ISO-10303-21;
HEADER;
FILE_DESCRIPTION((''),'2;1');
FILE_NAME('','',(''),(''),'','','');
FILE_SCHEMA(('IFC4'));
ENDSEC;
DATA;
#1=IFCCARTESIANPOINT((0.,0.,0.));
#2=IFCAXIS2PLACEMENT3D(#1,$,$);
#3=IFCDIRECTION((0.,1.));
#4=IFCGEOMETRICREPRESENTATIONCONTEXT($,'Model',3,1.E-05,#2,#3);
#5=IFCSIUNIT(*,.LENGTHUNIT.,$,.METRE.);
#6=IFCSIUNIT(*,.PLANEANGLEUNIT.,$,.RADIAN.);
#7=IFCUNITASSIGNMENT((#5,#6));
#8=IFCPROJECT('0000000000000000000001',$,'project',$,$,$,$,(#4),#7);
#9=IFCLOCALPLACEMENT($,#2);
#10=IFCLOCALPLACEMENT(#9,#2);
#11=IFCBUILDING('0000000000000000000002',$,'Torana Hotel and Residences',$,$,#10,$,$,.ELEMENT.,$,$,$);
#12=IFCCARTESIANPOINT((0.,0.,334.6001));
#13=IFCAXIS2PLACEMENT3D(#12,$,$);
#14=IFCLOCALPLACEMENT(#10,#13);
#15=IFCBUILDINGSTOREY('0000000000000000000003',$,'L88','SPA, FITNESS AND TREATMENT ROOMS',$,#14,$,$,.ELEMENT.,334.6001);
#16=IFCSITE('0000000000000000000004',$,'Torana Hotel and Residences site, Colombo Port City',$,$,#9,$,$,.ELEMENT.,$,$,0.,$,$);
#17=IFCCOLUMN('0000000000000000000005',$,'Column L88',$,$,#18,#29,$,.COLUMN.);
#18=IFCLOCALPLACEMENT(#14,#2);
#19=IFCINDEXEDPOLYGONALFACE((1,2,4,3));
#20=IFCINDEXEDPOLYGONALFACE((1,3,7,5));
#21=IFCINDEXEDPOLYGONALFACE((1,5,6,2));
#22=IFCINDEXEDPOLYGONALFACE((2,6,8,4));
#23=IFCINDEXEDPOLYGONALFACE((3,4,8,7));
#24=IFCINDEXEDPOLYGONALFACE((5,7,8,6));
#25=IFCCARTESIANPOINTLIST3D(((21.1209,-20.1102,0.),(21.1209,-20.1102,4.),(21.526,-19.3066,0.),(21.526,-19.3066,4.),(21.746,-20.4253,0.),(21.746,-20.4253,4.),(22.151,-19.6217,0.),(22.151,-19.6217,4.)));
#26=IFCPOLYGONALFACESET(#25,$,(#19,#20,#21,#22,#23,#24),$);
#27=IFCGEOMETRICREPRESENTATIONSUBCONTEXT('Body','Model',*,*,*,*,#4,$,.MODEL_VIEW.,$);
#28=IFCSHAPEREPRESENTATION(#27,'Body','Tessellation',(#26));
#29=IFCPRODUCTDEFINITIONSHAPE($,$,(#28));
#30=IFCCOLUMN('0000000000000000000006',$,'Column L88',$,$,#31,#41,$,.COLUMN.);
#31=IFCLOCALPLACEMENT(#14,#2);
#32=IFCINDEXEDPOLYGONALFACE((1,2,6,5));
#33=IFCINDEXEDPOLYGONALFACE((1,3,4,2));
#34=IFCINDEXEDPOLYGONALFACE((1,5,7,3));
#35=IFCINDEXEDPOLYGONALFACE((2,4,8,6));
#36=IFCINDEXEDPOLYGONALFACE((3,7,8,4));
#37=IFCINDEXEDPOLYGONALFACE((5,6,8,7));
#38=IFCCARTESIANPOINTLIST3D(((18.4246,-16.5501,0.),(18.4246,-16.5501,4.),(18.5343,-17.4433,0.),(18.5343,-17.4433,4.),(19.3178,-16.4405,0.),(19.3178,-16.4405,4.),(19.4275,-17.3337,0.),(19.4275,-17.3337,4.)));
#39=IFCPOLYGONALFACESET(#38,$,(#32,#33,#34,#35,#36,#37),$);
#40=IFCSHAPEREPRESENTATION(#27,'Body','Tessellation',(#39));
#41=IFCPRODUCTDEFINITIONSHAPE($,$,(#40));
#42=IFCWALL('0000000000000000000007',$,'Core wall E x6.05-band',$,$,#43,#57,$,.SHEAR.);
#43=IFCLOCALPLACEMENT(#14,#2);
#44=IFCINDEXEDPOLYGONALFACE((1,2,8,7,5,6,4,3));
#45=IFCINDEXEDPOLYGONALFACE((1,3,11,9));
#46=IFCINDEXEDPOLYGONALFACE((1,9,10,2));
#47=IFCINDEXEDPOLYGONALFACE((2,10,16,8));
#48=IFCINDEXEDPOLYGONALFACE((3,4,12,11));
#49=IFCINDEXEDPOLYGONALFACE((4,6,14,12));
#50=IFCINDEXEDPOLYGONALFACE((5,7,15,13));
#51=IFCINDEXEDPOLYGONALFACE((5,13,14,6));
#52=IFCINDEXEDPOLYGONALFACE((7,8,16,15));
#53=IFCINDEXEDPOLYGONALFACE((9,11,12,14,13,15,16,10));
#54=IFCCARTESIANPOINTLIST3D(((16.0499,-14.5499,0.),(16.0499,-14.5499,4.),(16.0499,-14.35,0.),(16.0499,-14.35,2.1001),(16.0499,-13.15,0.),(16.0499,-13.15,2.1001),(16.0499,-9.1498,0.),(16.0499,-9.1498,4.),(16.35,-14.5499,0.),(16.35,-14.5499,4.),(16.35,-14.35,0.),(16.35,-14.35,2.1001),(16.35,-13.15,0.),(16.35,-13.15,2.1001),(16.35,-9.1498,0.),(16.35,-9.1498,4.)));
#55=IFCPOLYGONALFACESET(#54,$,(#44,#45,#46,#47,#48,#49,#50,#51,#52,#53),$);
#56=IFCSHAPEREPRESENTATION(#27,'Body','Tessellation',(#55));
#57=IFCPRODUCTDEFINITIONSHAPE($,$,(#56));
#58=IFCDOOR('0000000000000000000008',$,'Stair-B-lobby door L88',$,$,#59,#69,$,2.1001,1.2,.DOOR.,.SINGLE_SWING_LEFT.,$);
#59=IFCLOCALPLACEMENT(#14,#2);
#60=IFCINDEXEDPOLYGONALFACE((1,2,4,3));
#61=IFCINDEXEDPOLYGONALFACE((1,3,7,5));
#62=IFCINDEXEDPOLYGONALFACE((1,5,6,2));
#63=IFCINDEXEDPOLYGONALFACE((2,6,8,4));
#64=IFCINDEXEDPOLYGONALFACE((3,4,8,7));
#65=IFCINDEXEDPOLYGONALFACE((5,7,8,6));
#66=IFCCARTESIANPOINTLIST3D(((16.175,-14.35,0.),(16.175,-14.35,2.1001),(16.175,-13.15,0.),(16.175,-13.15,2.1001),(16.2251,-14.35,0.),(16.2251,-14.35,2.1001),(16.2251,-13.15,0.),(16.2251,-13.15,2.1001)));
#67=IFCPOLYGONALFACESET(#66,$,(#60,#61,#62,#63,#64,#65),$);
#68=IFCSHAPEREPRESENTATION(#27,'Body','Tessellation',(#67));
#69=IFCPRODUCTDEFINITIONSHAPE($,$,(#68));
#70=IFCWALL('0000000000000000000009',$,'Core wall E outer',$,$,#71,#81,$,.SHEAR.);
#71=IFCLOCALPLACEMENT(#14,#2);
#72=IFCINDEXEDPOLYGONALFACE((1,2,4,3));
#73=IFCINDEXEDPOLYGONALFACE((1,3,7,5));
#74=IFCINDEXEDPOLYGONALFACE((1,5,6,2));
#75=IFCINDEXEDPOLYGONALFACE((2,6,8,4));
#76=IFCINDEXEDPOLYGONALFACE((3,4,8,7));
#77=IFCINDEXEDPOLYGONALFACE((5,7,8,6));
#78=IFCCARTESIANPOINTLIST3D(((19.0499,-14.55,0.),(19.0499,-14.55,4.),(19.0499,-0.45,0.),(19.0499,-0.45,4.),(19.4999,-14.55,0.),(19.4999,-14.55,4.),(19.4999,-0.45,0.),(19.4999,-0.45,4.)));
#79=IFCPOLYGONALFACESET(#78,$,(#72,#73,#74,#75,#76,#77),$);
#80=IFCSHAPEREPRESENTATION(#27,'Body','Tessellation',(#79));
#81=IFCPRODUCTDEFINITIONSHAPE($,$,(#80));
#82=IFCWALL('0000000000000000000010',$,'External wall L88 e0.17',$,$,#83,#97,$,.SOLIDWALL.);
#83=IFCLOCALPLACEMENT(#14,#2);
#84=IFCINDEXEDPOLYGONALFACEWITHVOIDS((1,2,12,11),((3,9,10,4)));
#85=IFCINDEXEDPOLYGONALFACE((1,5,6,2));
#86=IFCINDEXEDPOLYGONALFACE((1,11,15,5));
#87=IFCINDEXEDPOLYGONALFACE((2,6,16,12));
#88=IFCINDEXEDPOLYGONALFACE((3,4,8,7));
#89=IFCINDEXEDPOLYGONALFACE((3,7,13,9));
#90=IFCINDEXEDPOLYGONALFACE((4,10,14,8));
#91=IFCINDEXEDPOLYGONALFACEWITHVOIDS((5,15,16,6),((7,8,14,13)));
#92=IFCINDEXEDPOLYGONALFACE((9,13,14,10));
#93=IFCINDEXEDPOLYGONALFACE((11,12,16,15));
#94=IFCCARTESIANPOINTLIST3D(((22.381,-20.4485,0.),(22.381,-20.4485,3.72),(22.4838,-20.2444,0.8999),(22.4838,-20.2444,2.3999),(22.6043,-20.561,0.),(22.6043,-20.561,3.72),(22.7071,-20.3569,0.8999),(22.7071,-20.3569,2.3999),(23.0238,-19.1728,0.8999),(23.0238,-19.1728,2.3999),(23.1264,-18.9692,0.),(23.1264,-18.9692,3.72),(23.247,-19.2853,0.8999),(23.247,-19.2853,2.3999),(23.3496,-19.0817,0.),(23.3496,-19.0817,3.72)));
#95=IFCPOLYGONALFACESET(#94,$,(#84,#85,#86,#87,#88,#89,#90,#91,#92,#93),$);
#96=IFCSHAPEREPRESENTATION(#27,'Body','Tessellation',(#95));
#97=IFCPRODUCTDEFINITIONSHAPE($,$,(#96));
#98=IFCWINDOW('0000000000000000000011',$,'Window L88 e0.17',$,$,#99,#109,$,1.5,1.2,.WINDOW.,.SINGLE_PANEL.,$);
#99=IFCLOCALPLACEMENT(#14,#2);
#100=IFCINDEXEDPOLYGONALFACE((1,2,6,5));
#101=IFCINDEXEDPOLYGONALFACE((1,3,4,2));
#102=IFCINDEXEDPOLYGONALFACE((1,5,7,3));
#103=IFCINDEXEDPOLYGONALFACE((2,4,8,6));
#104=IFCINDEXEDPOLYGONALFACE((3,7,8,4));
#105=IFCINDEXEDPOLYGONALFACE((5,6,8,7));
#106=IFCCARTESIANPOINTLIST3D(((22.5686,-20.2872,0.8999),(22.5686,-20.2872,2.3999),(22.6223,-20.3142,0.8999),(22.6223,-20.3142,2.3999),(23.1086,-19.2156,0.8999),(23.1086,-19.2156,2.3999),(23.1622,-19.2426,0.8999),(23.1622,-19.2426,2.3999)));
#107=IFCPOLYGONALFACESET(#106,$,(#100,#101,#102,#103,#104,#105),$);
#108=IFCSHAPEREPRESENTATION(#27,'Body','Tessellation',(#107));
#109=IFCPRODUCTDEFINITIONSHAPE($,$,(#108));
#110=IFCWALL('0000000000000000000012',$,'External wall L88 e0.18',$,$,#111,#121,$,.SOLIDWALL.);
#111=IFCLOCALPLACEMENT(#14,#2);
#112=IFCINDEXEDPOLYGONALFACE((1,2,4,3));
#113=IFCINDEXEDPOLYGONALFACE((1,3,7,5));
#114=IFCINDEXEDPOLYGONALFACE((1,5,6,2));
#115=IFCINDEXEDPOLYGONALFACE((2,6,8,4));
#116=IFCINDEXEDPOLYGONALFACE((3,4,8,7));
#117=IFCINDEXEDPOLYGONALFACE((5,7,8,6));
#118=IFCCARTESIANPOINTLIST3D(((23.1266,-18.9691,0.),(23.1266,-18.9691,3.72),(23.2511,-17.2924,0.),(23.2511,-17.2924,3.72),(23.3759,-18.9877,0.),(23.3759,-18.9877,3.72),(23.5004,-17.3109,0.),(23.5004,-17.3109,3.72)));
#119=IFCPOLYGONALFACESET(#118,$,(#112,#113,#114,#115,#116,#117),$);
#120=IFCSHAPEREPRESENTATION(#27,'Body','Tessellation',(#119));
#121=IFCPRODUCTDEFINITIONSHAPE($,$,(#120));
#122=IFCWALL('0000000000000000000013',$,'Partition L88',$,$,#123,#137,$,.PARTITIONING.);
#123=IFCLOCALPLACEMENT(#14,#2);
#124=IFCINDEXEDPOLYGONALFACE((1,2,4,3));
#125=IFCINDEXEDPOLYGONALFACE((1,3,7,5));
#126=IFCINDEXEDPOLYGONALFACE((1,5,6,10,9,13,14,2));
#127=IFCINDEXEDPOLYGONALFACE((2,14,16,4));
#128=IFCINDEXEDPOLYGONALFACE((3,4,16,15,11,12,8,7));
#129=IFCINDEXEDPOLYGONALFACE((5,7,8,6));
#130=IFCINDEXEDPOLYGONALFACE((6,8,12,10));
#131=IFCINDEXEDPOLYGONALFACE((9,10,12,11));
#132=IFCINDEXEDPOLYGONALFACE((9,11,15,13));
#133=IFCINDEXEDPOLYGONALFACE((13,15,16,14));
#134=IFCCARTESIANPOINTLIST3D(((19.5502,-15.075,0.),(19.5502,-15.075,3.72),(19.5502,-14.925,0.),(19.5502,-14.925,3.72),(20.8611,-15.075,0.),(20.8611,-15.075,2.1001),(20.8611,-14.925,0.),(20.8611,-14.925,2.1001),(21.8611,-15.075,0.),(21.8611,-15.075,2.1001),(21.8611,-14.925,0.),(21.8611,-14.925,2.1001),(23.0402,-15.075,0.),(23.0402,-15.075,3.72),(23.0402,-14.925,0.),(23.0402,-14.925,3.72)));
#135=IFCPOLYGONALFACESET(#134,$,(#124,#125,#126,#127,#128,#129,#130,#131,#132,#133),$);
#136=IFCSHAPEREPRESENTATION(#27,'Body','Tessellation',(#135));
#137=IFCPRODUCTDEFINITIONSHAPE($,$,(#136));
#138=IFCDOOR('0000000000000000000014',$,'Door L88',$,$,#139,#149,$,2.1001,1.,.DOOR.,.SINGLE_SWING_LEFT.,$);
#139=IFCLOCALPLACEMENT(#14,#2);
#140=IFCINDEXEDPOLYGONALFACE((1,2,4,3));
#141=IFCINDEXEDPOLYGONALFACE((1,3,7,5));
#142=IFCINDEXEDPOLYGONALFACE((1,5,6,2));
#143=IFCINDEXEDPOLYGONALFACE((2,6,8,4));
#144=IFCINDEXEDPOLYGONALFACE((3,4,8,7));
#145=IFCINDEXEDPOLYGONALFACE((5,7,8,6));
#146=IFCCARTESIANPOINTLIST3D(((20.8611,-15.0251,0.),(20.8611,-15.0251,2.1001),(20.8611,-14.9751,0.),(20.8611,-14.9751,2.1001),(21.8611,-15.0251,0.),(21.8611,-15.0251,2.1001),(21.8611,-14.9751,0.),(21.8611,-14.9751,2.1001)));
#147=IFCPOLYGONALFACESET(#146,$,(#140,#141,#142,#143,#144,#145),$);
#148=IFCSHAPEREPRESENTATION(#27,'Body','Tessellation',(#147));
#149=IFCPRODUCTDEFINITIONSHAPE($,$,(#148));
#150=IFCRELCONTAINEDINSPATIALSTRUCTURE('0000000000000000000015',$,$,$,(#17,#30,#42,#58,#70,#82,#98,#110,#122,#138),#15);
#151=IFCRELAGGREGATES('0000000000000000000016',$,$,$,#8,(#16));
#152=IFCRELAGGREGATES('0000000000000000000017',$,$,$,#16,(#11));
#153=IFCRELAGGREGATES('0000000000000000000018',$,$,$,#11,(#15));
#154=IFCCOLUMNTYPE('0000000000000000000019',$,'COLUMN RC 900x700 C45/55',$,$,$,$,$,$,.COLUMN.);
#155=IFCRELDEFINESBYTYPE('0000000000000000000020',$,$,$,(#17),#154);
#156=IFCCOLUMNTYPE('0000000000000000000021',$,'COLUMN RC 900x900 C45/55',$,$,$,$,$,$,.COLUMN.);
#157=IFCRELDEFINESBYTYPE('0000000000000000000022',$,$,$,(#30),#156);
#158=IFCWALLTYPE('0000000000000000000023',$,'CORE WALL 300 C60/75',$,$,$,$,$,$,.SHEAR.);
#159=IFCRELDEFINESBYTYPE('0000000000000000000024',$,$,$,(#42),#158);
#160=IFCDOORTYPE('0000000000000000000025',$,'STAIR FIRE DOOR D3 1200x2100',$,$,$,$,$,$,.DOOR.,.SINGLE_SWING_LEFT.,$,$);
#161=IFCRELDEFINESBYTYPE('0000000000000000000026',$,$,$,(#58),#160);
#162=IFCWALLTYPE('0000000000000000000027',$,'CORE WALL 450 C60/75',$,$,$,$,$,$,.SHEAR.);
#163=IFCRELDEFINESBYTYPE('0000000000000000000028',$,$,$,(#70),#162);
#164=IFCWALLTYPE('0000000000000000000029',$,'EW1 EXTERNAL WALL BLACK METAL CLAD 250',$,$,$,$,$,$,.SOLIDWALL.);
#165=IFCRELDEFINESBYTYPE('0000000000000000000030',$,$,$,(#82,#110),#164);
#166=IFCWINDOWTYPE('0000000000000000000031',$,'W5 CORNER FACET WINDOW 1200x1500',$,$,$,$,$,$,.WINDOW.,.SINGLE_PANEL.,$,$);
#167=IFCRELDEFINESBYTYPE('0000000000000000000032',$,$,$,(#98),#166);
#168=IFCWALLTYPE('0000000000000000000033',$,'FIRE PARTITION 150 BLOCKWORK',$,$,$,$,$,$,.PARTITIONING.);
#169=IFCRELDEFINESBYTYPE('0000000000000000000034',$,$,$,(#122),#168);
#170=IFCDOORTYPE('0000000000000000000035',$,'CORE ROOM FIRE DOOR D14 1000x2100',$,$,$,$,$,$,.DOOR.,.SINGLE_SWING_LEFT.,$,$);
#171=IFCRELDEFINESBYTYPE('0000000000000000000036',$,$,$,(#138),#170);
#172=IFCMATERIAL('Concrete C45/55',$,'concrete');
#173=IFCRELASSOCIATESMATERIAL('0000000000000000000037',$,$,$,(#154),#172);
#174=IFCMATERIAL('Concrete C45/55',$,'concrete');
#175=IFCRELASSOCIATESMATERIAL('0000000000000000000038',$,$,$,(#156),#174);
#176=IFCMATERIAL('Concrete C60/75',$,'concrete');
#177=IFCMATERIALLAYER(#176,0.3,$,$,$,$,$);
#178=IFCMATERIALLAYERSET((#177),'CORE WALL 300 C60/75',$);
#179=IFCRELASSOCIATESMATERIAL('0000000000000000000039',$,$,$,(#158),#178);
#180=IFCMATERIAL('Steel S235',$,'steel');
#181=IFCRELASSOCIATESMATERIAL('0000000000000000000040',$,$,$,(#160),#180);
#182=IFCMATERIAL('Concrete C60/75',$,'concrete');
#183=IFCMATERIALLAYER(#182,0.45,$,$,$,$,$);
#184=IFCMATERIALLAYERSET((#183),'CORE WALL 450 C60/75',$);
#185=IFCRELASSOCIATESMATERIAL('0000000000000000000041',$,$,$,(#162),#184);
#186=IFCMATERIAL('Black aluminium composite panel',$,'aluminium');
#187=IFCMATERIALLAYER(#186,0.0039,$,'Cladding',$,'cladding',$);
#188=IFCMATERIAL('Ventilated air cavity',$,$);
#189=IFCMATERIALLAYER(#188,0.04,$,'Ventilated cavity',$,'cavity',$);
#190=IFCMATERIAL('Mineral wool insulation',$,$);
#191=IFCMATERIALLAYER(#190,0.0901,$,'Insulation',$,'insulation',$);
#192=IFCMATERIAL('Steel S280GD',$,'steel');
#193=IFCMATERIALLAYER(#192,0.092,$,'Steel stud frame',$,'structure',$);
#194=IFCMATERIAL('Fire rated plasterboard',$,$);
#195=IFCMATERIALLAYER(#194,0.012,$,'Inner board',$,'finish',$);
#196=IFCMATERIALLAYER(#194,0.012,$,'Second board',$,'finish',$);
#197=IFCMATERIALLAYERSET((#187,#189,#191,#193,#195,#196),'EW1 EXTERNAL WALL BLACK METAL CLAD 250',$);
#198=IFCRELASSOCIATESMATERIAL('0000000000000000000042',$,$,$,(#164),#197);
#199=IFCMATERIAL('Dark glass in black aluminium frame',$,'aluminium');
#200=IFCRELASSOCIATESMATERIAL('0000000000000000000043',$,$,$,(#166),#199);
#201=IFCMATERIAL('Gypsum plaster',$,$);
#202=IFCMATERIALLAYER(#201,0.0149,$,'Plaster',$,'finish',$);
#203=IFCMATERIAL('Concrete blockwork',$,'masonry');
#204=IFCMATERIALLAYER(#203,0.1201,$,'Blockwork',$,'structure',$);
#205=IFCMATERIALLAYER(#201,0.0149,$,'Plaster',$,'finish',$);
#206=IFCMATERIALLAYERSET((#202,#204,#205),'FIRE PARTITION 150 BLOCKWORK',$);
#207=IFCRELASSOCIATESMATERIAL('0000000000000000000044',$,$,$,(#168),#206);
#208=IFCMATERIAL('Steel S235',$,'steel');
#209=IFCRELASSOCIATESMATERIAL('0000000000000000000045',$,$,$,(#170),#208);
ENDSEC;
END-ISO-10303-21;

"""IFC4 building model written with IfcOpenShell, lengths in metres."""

from ifc_helpers import new_model, si_unit, direction, frame, frame_2d, origin, origin_2d, place, context, subcontext, project, spatial, rectangle, extrude, material, layer, layer_set, material_profile, profile_set, type_object, element, fill, save


model = new_model("IFC4")

# Units and contexts
model_context = context("Model", 3, precision=1e-05, world=origin(), true_north=direction((0.0, 1.0)))
body_context = subcontext(model_context, "Body", "Model", "MODEL_VIEW")
ifc_project = project(units=[si_unit("LENGTHUNIT", "METRE"), si_unit("PLANEANGLEUNIT", "RADIAN")], contexts=[model_context])

# Site, building, storey
site_placement = place(None, origin())
site = spatial("IfcSite", under=ifc_project, at=site_placement, Name="Torana Hotel and Residences site, Colombo Port City", CompositionType="ELEMENT", RefElevation=0.0)
building_placement = place(site_placement, origin())
building = spatial("IfcBuilding", under=site, at=building_placement, Name="Torana Hotel and Residences", CompositionType="ELEMENT")
storey_placement = place(building_placement, frame((0.0, 0.0, 334.6001)))
storey = spatial("IfcBuildingStorey", under=building, at=storey_placement, Name="L88", Description="SPA, FITNESS AND TREATMENT ROOMS", CompositionType="ELEMENT", Elevation=334.6001)

# Columns
ifc_material_1 = material(Name="Concrete C45/55", Category="concrete")
ifc_material_profile_1 = material_profile(ifc_material_1, rectangle(XDim=0.8999, YDim=0.7, at=origin_2d()), Name="RC 900x700")
ifc_profile_set_1 = profile_set([ifc_material_profile_1], Name="Concrete C45/55")
column_type_1 = type_object("IfcColumnType", Name="COLUMN RC 900x700 C45/55", PredefinedType="COLUMN", material=ifc_profile_set_1)
column_1_placement = place(storey_placement, frame((21.636, -19.866, 0.0), z_axis=(0.0, 0.0, 1.0), x_axis=(0.450098, 0.892979, 0.0)))
element("IfcColumn", 1, at=column_1_placement, inside=storey, type_object=column_type_1, Name="Column L88", PredefinedType="COLUMN", context=body_context, shape_type="SweptSolid", body=[
    extrude(rectangle(XDim=0.8999, YDim=0.7, at=origin_2d()), origin(), (0.0, 0.0, 1.0), 4.0),
])
ifc_material_2 = material(Name="Concrete C45/55", Category="concrete")
ifc_material_profile_2 = material_profile(ifc_material_2, rectangle(XDim=0.8999, YDim=0.8999, at=origin_2d()), Name="RC 900x900")
ifc_profile_set_2 = profile_set([ifc_material_profile_2], Name="Concrete C45/55")
column_type_2 = type_object("IfcColumnType", Name="COLUMN RC 900x900 C45/55", PredefinedType="COLUMN", material=ifc_profile_set_2)
column_2_placement = place(storey_placement, frame((18.926, -16.9419, 0.0), z_axis=(0.0, 0.0, 1.0), x_axis=(0.992546, 0.121869, 0.0)))
element("IfcColumn", 2, at=column_2_placement, inside=storey, type_object=column_type_2, Name="Column L88", PredefinedType="COLUMN", context=body_context, shape_type="SweptSolid", body=[
    extrude(rectangle(XDim=0.8999, YDim=0.8999, at=origin_2d()), origin(), (0.0, 0.0, 1.0), 4.0),
])

# Wall, opening, door
ifc_material_3 = material(Name="Concrete C60/75", Category="concrete")
ifc_layer_1 = layer(ifc_material_3, 0.3)
ifc_layer_set_1 = layer_set([ifc_layer_1], Name="CORE WALL 300 C60/75")
wall_type_1 = type_object("IfcWallType", Name="CORE WALL 300 C60/75", PredefinedType="SHEAR", material=ifc_layer_set_1)
wall_1_placement = place(storey_placement, frame((16.2, -14.55, 0.0), z_axis=(0.0, 0.0, 1.0), x_axis=(0.0, 1.0, 0.0)))
wall_1 = element("IfcWall", 3, at=wall_1_placement, inside=storey, type_object=wall_type_1, Name="Core wall E x6.05-band", PredefinedType="SHEAR", context=body_context, shape_type="SweptSolid", body=[
    extrude(rectangle(XDim=5.4001, YDim=0.3, at=frame_2d((2.7002, 0.0))), origin(), (0.0, 0.0, 1.0), 4.0),
])
opening_1_placement = place(wall_1_placement, frame((0.2, 0.0, 0.0)))
opening_1 = element("IfcOpeningElement", 4, at=opening_1_placement, cuts=wall_1, PredefinedType="OPENING", context=body_context, shape_type="SweptSolid", body=[
    extrude(rectangle(XDim=1.2, YDim=2.1001, at=frame_2d((0.6001, 1.05))), frame((0.0, 0.1599, 0.0), z_axis=(0.0, -1.0, 0.0), x_axis=(1.0, 0.0, 0.0)), (0.0, 0.0, 1.0), 0.3201),
])
ifc_material_4 = material(Name="Steel S235", Category="steel")
door_type_1 = type_object("IfcDoorType", Name="STAIR FIRE DOOR D3 1200x2100", OperationType="SINGLE_SWING_LEFT", PredefinedType="DOOR", material=ifc_material_4)
door_1_placement = place(opening_1_placement, frame((0.6001, 0.0, 0.0), z_axis=(0.0, 0.0, 1.0), x_axis=(-1.0, 0.0, 0.0)))
door_1 = element("IfcDoor", 5, at=door_1_placement, inside=storey, type_object=door_type_1, Name="Stair-B-lobby door L88", OperationType="SINGLE_SWING_LEFT", OverallHeight=2.1001, OverallWidth=1.2, PredefinedType="DOOR", context=body_context, shape_type="SweptSolid", body=[
    extrude(rectangle(XDim=1.2, YDim=2.1001, at=frame_2d((0.0, 1.05))), frame((0.0, -0.0249, 0.0), z_axis=(0.0, 1.0, 0.0), x_axis=(-1.0, 0.0, 0.0)), (0.0, 0.0, 1.0), 0.05),
])
fill(opening_1, door_1)

# Wall
ifc_material_5 = material(Name="Concrete C60/75", Category="concrete")
ifc_layer_2 = layer(ifc_material_5, 0.45)
ifc_layer_set_2 = layer_set([ifc_layer_2], Name="CORE WALL 450 C60/75")
wall_type_2 = type_object("IfcWallType", Name="CORE WALL 450 C60/75", PredefinedType="SHEAR", material=ifc_layer_set_2)
wall_2_placement = place(storey_placement, frame((19.2749, -14.55, 0.0), z_axis=(0.0, 0.0, 1.0), x_axis=(0.0, 1.0, 0.0)))
element("IfcWall", 6, at=wall_2_placement, inside=storey, type_object=wall_type_2, Name="Core wall E outer", PredefinedType="SHEAR", context=body_context, shape_type="SweptSolid", body=[
    extrude(rectangle(XDim=14.1001, YDim=0.45, at=frame_2d((7.05, 0.0))), origin(), (0.0, 0.0, 1.0), 4.0),
])

# Wall, opening, window
ifc_material_6 = material(Name="Black aluminium composite panel", Category="aluminium")
ifc_layer_3 = layer(ifc_material_6, 0.0039, Name="Cladding", Category="cladding")
ifc_material_7 = material(Name="Ventilated air cavity")
ifc_layer_4 = layer(ifc_material_7, 0.04, Name="Ventilated cavity", Category="cavity")
ifc_material_8 = material(Name="Mineral wool insulation")
ifc_layer_5 = layer(ifc_material_8, 0.0901, Name="Insulation", Category="insulation")
ifc_material_9 = material(Name="Steel S280GD", Category="steel")
ifc_layer_6 = layer(ifc_material_9, 0.092, Name="Steel stud frame", Category="structure")
ifc_material_10 = material(Name="Fire rated plasterboard")
ifc_layer_7 = layer(ifc_material_10, 0.012, Name="Inner board", Category="finish")
ifc_layer_8 = layer(ifc_material_10, 0.012, Name="Second board", Category="finish")
ifc_layer_set_3 = layer_set([ifc_layer_3, ifc_layer_4, ifc_layer_5, ifc_layer_6, ifc_layer_7, ifc_layer_8], Name="EW1 EXTERNAL WALL BLACK METAL CLAD 250")
wall_type_3 = type_object("IfcWallType", Name="EW1 EXTERNAL WALL BLACK METAL CLAD 250", PredefinedType="SOLIDWALL", material=ifc_layer_set_3)
wall_3_placement = place(storey_placement, frame((22.4927, -20.5046, 0.0), z_axis=(0.0, 0.0, 1.0), x_axis=(0.449982, 0.893037, 0.0)))
wall_3 = element("IfcWall", 7, at=wall_3_placement, inside=storey, type_object=wall_type_3, Name="External wall L88 e0.17", PredefinedType="SOLIDWALL", context=body_context, shape_type="SweptSolid", body=[
    extrude(rectangle(XDim=1.6565, YDim=0.25, at=frame_2d((0.8281, 0.0))), origin(), (0.0, 0.0, 1.0), 3.72),
])
opening_2_placement = place(wall_3_placement, frame((0.2283, 0.0, 0.8999)))
opening_2 = element("IfcOpeningElement", 8, at=opening_2_placement, cuts=wall_3, PredefinedType="OPENING", context=body_context, shape_type="SweptSolid", body=[
    extrude(rectangle(XDim=1.2, YDim=1.5, at=frame_2d((0.6001, 0.75))), frame((0.0, 0.135, 0.0), z_axis=(0.0, -1.0, 0.0), x_axis=(1.0, 0.0, 0.0)), (0.0, 0.0, 1.0), 0.27),
])
ifc_material_11 = material(Name="Dark glass in black aluminium frame", Category="aluminium")
window_type_1 = type_object("IfcWindowType", Name="W5 CORNER FACET WINDOW 1200x1500", PartitioningType="SINGLE_PANEL", PredefinedType="WINDOW", material=ifc_material_11)
window_1_placement = place(opening_2_placement, origin())
window_1 = element("IfcWindow", 9, at=window_1_placement, inside=storey, type_object=window_type_1, Name="Window L88 e0.17", OverallHeight=1.5, OverallWidth=1.2, PartitioningType="SINGLE_PANEL", PredefinedType="WINDOW", context=body_context, shape_type="SweptSolid", body=[
    extrude(rectangle(XDim=1.2, YDim=1.5, at=frame_2d((0.6001, 0.75))), frame((0.0, 0.03, 0.0), z_axis=(0.0, -1.0, 0.0), x_axis=(1.0, 0.0, 0.0)), (0.0, 0.0, 1.0), 0.0601),
])
fill(opening_2, window_1)

# Wall
wall_4_placement = place(storey_placement, frame((23.2512, -18.9785, 0.0), z_axis=(0.0, 0.0, 1.0), x_axis=(0.074054, 0.997254, 0.0)))
element("IfcWall", 10, at=wall_4_placement, inside=storey, type_object=wall_type_3, Name="External wall L88 e0.18", PredefinedType="SOLIDWALL", context=body_context, shape_type="SweptSolid", body=[
    extrude(rectangle(XDim=1.6814, YDim=0.25, at=frame_2d((0.8408, 0.0))), origin(), (0.0, 0.0, 1.0), 3.72),
])

# Wall, opening, door
ifc_material_12 = material(Name="Gypsum plaster")
ifc_layer_9 = layer(ifc_material_12, 0.0149, Name="Plaster", Category="finish")
ifc_material_13 = material(Name="Concrete blockwork", Category="masonry")
ifc_layer_10 = layer(ifc_material_13, 0.1201, Name="Blockwork", Category="structure")
ifc_layer_11 = layer(ifc_material_12, 0.0149, Name="Plaster", Category="finish")
ifc_layer_set_4 = layer_set([ifc_layer_9, ifc_layer_10, ifc_layer_11], Name="FIRE PARTITION 150 BLOCKWORK")
wall_type_4 = type_object("IfcWallType", Name="FIRE PARTITION 150 BLOCKWORK", PredefinedType="PARTITIONING", material=ifc_layer_set_4)
wall_5_placement = place(storey_placement, frame((19.55, -15.0, 0.0), z_axis=(0.0, 0.0, 1.0), x_axis=(1.0, 0.0, 0.0)))
wall_5 = element("IfcWall", 11, at=wall_5_placement, inside=storey, type_object=wall_type_4, Name="Partition L88", PredefinedType="PARTITIONING", context=body_context, shape_type="SweptSolid", body=[
    extrude(rectangle(XDim=3.49, YDim=0.1499, at=frame_2d((1.7451, 0.0))), origin(), (0.0, 0.0, 1.0), 3.72),
])
opening_3_placement = place(wall_5_placement, frame((1.311, 0.0, 0.0)))
opening_3 = element("IfcOpeningElement", 12, at=opening_3_placement, cuts=wall_5, PredefinedType="OPENING", context=body_context, shape_type="SweptSolid", body=[
    extrude(rectangle(XDim=1.0, YDim=2.1001, at=frame_2d((0.5, 1.05))), frame((0.0, 0.085, 0.0), z_axis=(0.0, -1.0, 0.0), x_axis=(1.0, 0.0, 0.0)), (0.0, 0.0, 1.0), 0.1699),
])
ifc_material_14 = material(Name="Steel S235", Category="steel")
door_type_2 = type_object("IfcDoorType", Name="CORE ROOM FIRE DOOR D14 1000x2100", OperationType="SINGLE_SWING_LEFT", PredefinedType="DOOR", material=ifc_material_14)
door_2_placement = place(opening_3_placement, origin())
door_2 = element("IfcDoor", 13, at=door_2_placement, inside=storey, type_object=door_type_2, Name="Door L88", OperationType="SINGLE_SWING_LEFT", OverallHeight=2.1001, OverallWidth=1.0, PredefinedType="DOOR", context=body_context, shape_type="SweptSolid", body=[
    extrude(rectangle(XDim=1.0, YDim=2.1001, at=frame_2d((0.5, 1.05))), frame((0.0, 0.0249, 0.0), z_axis=(0.0, -1.0, 0.0), x_axis=(1.0, 0.0, 0.0)), (0.0, 0.0, 1.0), 0.05),
])
fill(opening_3, door_2)

save(model, "model.ifc")
